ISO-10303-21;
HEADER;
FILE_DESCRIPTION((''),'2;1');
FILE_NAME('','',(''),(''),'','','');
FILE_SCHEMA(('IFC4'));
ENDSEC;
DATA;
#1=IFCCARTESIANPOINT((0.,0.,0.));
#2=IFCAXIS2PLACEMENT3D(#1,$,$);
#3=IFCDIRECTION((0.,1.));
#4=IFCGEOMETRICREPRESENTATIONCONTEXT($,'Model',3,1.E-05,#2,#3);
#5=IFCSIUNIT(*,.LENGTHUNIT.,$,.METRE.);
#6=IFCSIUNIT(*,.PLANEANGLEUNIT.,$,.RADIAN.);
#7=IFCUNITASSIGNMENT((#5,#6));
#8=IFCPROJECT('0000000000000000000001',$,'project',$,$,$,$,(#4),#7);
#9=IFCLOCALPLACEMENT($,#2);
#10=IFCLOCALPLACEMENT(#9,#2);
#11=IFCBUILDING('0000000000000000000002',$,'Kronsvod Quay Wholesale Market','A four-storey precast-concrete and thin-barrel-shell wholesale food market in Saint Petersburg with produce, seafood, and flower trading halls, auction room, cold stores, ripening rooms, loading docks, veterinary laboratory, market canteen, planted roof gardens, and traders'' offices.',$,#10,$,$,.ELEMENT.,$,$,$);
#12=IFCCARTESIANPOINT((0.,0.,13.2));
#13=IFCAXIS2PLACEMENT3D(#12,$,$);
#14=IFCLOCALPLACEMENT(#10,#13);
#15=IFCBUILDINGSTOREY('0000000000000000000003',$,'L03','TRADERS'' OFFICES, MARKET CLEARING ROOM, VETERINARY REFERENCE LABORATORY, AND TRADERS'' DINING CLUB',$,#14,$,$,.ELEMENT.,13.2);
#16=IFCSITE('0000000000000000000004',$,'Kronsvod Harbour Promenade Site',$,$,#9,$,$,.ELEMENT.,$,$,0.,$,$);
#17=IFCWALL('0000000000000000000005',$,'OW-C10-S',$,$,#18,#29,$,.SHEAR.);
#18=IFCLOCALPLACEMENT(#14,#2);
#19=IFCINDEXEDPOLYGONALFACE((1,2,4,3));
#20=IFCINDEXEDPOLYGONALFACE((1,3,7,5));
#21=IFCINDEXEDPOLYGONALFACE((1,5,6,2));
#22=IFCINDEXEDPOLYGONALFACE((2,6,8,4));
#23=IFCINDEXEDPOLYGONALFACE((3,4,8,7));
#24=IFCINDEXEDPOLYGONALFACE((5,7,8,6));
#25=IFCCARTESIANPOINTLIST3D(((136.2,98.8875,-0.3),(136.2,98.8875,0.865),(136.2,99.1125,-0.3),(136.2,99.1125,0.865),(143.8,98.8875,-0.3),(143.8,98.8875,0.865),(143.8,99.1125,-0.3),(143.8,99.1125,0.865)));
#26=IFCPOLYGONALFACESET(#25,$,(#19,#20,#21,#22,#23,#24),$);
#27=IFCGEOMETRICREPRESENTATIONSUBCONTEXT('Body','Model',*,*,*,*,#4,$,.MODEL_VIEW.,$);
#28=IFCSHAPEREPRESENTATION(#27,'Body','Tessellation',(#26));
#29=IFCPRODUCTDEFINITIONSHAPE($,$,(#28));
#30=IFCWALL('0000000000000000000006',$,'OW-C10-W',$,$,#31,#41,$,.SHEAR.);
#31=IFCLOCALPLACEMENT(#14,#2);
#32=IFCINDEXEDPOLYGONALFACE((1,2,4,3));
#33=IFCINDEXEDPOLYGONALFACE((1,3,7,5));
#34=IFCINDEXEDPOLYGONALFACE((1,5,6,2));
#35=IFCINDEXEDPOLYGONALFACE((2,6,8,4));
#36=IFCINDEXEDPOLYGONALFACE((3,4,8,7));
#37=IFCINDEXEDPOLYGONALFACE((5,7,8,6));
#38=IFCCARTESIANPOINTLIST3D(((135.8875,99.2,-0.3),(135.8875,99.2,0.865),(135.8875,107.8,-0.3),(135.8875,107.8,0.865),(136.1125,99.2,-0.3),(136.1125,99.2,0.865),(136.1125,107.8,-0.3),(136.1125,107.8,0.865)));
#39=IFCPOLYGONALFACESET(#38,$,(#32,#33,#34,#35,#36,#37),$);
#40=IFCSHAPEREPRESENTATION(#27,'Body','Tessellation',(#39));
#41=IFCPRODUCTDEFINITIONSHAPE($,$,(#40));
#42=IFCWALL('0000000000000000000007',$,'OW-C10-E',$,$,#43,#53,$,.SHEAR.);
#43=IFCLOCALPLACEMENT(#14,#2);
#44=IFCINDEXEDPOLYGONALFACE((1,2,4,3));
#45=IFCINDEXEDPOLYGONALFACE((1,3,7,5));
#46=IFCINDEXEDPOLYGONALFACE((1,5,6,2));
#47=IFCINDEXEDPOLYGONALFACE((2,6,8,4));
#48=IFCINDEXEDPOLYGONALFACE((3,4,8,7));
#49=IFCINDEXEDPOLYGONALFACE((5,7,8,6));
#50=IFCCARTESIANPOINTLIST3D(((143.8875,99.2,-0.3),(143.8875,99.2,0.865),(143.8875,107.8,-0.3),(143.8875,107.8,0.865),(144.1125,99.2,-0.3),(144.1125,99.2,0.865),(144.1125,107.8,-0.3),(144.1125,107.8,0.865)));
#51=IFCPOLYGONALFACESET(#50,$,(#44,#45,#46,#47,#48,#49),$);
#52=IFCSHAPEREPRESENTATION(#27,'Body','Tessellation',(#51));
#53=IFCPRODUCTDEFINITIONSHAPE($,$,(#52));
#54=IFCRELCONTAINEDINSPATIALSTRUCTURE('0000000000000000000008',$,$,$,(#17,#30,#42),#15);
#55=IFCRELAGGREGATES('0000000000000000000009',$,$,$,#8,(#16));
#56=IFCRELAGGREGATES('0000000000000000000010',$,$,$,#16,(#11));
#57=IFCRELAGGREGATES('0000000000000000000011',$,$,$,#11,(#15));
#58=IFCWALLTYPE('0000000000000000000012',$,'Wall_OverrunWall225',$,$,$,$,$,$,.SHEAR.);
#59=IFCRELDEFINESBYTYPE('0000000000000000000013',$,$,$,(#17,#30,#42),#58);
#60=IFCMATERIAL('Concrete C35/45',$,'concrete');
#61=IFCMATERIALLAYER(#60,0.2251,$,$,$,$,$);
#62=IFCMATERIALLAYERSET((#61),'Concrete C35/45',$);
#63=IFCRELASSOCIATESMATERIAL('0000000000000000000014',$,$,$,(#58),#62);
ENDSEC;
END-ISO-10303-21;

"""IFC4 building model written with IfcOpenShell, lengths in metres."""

from ifc_helpers import new_model, si_unit, direction, frame, frame_2d, origin, place, context, subcontext, project, spatial, rectangle, extrude, material, layer, layer_set, type_object, element, save


model = new_model("IFC4")

# Units and contexts
model_context = context("Model", 3, precision=1e-05, world=origin(), true_north=direction((0.0, 1.0)))
body_context = subcontext(model_context, "Body", "Model", "MODEL_VIEW")
ifc_project = project(units=[si_unit("LENGTHUNIT", "METRE"), si_unit("PLANEANGLEUNIT", "RADIAN")], contexts=[model_context])

# Site, building, storey
site_placement = place(None, origin())
site = spatial("IfcSite", under=ifc_project, at=site_placement, Name="Kronsvod Harbour Promenade Site", CompositionType="ELEMENT", RefElevation=0.0)
building_placement = place(site_placement, origin())
building = spatial("IfcBuilding", under=site, at=building_placement, Name="Kronsvod Quay Wholesale Market", Description="A four-storey precast-concrete and thin-barrel-shell wholesale food market in Saint Petersburg with produce, seafood, and flower trading halls, auction room, cold stores, ripening rooms, loading docks, veterinary laboratory, market canteen, planted roof gardens, and traders' offices.", CompositionType="ELEMENT")
storey_placement = place(building_placement, frame((0.0, 0.0, 13.2)))
storey = spatial("IfcBuildingStorey", under=building, at=storey_placement, Name="L03", Description="TRADERS' OFFICES, MARKET CLEARING ROOM, VETERINARY REFERENCE LABORATORY, AND TRADERS' DINING CLUB", CompositionType="ELEMENT", Elevation=13.2)

# Walls
ifc_material_1 = material(Name="Concrete C35/45", Category="concrete")
ifc_layer = layer(ifc_material_1, 0.2251)
ifc_layer_set = layer_set([ifc_layer], Name="Concrete C35/45")
wall_type = type_object("IfcWallType", Name="Wall_OverrunWall225", PredefinedType="SHEAR", material=ifc_layer_set)
wall_placement = place(storey_placement, frame((136.2, 99.0, -0.3), z_axis=(0.0, 0.0, 1.0), x_axis=(1.0, 0.0, 0.0)))
element("IfcWall", 1, at=wall_placement, inside=storey, type_object=wall_type, Name="OW-C10-S", PredefinedType="SHEAR", context=body_context, shape_type="SweptSolid", body=[
    extrude(rectangle(XDim=7.6001, YDim=0.2251, at=frame_2d((3.8, 0.0))), origin(), (0.0, 0.0, 1.0), 1.165),
])
for number, where, z_axis, x_axis, name in (
    (2, (136.0, 99.2, -0.3), (0.0, 0.0, 1.0), (0.0, 1.0, 0.0), "OW-C10-W"),
    (3, (144.0, 99.2, -0.3), (0.0, 0.0, 1.0), (0.0, 1.0, 0.0), "OW-C10-E"),
):
    element("IfcWall", number, at=place(storey_placement, frame(where, z_axis=z_axis, x_axis=x_axis)), inside=storey, type_object=wall_type, Name=name, PredefinedType="SHEAR", context=body_context, shape_type="SweptSolid", body=[
        extrude(rectangle(XDim=8.6001, YDim=0.2251, at=frame_2d((4.3, 0.0))), origin(), (0.0, 0.0, 1.0), 1.165),
    ])

save(model, "model.ifc")
